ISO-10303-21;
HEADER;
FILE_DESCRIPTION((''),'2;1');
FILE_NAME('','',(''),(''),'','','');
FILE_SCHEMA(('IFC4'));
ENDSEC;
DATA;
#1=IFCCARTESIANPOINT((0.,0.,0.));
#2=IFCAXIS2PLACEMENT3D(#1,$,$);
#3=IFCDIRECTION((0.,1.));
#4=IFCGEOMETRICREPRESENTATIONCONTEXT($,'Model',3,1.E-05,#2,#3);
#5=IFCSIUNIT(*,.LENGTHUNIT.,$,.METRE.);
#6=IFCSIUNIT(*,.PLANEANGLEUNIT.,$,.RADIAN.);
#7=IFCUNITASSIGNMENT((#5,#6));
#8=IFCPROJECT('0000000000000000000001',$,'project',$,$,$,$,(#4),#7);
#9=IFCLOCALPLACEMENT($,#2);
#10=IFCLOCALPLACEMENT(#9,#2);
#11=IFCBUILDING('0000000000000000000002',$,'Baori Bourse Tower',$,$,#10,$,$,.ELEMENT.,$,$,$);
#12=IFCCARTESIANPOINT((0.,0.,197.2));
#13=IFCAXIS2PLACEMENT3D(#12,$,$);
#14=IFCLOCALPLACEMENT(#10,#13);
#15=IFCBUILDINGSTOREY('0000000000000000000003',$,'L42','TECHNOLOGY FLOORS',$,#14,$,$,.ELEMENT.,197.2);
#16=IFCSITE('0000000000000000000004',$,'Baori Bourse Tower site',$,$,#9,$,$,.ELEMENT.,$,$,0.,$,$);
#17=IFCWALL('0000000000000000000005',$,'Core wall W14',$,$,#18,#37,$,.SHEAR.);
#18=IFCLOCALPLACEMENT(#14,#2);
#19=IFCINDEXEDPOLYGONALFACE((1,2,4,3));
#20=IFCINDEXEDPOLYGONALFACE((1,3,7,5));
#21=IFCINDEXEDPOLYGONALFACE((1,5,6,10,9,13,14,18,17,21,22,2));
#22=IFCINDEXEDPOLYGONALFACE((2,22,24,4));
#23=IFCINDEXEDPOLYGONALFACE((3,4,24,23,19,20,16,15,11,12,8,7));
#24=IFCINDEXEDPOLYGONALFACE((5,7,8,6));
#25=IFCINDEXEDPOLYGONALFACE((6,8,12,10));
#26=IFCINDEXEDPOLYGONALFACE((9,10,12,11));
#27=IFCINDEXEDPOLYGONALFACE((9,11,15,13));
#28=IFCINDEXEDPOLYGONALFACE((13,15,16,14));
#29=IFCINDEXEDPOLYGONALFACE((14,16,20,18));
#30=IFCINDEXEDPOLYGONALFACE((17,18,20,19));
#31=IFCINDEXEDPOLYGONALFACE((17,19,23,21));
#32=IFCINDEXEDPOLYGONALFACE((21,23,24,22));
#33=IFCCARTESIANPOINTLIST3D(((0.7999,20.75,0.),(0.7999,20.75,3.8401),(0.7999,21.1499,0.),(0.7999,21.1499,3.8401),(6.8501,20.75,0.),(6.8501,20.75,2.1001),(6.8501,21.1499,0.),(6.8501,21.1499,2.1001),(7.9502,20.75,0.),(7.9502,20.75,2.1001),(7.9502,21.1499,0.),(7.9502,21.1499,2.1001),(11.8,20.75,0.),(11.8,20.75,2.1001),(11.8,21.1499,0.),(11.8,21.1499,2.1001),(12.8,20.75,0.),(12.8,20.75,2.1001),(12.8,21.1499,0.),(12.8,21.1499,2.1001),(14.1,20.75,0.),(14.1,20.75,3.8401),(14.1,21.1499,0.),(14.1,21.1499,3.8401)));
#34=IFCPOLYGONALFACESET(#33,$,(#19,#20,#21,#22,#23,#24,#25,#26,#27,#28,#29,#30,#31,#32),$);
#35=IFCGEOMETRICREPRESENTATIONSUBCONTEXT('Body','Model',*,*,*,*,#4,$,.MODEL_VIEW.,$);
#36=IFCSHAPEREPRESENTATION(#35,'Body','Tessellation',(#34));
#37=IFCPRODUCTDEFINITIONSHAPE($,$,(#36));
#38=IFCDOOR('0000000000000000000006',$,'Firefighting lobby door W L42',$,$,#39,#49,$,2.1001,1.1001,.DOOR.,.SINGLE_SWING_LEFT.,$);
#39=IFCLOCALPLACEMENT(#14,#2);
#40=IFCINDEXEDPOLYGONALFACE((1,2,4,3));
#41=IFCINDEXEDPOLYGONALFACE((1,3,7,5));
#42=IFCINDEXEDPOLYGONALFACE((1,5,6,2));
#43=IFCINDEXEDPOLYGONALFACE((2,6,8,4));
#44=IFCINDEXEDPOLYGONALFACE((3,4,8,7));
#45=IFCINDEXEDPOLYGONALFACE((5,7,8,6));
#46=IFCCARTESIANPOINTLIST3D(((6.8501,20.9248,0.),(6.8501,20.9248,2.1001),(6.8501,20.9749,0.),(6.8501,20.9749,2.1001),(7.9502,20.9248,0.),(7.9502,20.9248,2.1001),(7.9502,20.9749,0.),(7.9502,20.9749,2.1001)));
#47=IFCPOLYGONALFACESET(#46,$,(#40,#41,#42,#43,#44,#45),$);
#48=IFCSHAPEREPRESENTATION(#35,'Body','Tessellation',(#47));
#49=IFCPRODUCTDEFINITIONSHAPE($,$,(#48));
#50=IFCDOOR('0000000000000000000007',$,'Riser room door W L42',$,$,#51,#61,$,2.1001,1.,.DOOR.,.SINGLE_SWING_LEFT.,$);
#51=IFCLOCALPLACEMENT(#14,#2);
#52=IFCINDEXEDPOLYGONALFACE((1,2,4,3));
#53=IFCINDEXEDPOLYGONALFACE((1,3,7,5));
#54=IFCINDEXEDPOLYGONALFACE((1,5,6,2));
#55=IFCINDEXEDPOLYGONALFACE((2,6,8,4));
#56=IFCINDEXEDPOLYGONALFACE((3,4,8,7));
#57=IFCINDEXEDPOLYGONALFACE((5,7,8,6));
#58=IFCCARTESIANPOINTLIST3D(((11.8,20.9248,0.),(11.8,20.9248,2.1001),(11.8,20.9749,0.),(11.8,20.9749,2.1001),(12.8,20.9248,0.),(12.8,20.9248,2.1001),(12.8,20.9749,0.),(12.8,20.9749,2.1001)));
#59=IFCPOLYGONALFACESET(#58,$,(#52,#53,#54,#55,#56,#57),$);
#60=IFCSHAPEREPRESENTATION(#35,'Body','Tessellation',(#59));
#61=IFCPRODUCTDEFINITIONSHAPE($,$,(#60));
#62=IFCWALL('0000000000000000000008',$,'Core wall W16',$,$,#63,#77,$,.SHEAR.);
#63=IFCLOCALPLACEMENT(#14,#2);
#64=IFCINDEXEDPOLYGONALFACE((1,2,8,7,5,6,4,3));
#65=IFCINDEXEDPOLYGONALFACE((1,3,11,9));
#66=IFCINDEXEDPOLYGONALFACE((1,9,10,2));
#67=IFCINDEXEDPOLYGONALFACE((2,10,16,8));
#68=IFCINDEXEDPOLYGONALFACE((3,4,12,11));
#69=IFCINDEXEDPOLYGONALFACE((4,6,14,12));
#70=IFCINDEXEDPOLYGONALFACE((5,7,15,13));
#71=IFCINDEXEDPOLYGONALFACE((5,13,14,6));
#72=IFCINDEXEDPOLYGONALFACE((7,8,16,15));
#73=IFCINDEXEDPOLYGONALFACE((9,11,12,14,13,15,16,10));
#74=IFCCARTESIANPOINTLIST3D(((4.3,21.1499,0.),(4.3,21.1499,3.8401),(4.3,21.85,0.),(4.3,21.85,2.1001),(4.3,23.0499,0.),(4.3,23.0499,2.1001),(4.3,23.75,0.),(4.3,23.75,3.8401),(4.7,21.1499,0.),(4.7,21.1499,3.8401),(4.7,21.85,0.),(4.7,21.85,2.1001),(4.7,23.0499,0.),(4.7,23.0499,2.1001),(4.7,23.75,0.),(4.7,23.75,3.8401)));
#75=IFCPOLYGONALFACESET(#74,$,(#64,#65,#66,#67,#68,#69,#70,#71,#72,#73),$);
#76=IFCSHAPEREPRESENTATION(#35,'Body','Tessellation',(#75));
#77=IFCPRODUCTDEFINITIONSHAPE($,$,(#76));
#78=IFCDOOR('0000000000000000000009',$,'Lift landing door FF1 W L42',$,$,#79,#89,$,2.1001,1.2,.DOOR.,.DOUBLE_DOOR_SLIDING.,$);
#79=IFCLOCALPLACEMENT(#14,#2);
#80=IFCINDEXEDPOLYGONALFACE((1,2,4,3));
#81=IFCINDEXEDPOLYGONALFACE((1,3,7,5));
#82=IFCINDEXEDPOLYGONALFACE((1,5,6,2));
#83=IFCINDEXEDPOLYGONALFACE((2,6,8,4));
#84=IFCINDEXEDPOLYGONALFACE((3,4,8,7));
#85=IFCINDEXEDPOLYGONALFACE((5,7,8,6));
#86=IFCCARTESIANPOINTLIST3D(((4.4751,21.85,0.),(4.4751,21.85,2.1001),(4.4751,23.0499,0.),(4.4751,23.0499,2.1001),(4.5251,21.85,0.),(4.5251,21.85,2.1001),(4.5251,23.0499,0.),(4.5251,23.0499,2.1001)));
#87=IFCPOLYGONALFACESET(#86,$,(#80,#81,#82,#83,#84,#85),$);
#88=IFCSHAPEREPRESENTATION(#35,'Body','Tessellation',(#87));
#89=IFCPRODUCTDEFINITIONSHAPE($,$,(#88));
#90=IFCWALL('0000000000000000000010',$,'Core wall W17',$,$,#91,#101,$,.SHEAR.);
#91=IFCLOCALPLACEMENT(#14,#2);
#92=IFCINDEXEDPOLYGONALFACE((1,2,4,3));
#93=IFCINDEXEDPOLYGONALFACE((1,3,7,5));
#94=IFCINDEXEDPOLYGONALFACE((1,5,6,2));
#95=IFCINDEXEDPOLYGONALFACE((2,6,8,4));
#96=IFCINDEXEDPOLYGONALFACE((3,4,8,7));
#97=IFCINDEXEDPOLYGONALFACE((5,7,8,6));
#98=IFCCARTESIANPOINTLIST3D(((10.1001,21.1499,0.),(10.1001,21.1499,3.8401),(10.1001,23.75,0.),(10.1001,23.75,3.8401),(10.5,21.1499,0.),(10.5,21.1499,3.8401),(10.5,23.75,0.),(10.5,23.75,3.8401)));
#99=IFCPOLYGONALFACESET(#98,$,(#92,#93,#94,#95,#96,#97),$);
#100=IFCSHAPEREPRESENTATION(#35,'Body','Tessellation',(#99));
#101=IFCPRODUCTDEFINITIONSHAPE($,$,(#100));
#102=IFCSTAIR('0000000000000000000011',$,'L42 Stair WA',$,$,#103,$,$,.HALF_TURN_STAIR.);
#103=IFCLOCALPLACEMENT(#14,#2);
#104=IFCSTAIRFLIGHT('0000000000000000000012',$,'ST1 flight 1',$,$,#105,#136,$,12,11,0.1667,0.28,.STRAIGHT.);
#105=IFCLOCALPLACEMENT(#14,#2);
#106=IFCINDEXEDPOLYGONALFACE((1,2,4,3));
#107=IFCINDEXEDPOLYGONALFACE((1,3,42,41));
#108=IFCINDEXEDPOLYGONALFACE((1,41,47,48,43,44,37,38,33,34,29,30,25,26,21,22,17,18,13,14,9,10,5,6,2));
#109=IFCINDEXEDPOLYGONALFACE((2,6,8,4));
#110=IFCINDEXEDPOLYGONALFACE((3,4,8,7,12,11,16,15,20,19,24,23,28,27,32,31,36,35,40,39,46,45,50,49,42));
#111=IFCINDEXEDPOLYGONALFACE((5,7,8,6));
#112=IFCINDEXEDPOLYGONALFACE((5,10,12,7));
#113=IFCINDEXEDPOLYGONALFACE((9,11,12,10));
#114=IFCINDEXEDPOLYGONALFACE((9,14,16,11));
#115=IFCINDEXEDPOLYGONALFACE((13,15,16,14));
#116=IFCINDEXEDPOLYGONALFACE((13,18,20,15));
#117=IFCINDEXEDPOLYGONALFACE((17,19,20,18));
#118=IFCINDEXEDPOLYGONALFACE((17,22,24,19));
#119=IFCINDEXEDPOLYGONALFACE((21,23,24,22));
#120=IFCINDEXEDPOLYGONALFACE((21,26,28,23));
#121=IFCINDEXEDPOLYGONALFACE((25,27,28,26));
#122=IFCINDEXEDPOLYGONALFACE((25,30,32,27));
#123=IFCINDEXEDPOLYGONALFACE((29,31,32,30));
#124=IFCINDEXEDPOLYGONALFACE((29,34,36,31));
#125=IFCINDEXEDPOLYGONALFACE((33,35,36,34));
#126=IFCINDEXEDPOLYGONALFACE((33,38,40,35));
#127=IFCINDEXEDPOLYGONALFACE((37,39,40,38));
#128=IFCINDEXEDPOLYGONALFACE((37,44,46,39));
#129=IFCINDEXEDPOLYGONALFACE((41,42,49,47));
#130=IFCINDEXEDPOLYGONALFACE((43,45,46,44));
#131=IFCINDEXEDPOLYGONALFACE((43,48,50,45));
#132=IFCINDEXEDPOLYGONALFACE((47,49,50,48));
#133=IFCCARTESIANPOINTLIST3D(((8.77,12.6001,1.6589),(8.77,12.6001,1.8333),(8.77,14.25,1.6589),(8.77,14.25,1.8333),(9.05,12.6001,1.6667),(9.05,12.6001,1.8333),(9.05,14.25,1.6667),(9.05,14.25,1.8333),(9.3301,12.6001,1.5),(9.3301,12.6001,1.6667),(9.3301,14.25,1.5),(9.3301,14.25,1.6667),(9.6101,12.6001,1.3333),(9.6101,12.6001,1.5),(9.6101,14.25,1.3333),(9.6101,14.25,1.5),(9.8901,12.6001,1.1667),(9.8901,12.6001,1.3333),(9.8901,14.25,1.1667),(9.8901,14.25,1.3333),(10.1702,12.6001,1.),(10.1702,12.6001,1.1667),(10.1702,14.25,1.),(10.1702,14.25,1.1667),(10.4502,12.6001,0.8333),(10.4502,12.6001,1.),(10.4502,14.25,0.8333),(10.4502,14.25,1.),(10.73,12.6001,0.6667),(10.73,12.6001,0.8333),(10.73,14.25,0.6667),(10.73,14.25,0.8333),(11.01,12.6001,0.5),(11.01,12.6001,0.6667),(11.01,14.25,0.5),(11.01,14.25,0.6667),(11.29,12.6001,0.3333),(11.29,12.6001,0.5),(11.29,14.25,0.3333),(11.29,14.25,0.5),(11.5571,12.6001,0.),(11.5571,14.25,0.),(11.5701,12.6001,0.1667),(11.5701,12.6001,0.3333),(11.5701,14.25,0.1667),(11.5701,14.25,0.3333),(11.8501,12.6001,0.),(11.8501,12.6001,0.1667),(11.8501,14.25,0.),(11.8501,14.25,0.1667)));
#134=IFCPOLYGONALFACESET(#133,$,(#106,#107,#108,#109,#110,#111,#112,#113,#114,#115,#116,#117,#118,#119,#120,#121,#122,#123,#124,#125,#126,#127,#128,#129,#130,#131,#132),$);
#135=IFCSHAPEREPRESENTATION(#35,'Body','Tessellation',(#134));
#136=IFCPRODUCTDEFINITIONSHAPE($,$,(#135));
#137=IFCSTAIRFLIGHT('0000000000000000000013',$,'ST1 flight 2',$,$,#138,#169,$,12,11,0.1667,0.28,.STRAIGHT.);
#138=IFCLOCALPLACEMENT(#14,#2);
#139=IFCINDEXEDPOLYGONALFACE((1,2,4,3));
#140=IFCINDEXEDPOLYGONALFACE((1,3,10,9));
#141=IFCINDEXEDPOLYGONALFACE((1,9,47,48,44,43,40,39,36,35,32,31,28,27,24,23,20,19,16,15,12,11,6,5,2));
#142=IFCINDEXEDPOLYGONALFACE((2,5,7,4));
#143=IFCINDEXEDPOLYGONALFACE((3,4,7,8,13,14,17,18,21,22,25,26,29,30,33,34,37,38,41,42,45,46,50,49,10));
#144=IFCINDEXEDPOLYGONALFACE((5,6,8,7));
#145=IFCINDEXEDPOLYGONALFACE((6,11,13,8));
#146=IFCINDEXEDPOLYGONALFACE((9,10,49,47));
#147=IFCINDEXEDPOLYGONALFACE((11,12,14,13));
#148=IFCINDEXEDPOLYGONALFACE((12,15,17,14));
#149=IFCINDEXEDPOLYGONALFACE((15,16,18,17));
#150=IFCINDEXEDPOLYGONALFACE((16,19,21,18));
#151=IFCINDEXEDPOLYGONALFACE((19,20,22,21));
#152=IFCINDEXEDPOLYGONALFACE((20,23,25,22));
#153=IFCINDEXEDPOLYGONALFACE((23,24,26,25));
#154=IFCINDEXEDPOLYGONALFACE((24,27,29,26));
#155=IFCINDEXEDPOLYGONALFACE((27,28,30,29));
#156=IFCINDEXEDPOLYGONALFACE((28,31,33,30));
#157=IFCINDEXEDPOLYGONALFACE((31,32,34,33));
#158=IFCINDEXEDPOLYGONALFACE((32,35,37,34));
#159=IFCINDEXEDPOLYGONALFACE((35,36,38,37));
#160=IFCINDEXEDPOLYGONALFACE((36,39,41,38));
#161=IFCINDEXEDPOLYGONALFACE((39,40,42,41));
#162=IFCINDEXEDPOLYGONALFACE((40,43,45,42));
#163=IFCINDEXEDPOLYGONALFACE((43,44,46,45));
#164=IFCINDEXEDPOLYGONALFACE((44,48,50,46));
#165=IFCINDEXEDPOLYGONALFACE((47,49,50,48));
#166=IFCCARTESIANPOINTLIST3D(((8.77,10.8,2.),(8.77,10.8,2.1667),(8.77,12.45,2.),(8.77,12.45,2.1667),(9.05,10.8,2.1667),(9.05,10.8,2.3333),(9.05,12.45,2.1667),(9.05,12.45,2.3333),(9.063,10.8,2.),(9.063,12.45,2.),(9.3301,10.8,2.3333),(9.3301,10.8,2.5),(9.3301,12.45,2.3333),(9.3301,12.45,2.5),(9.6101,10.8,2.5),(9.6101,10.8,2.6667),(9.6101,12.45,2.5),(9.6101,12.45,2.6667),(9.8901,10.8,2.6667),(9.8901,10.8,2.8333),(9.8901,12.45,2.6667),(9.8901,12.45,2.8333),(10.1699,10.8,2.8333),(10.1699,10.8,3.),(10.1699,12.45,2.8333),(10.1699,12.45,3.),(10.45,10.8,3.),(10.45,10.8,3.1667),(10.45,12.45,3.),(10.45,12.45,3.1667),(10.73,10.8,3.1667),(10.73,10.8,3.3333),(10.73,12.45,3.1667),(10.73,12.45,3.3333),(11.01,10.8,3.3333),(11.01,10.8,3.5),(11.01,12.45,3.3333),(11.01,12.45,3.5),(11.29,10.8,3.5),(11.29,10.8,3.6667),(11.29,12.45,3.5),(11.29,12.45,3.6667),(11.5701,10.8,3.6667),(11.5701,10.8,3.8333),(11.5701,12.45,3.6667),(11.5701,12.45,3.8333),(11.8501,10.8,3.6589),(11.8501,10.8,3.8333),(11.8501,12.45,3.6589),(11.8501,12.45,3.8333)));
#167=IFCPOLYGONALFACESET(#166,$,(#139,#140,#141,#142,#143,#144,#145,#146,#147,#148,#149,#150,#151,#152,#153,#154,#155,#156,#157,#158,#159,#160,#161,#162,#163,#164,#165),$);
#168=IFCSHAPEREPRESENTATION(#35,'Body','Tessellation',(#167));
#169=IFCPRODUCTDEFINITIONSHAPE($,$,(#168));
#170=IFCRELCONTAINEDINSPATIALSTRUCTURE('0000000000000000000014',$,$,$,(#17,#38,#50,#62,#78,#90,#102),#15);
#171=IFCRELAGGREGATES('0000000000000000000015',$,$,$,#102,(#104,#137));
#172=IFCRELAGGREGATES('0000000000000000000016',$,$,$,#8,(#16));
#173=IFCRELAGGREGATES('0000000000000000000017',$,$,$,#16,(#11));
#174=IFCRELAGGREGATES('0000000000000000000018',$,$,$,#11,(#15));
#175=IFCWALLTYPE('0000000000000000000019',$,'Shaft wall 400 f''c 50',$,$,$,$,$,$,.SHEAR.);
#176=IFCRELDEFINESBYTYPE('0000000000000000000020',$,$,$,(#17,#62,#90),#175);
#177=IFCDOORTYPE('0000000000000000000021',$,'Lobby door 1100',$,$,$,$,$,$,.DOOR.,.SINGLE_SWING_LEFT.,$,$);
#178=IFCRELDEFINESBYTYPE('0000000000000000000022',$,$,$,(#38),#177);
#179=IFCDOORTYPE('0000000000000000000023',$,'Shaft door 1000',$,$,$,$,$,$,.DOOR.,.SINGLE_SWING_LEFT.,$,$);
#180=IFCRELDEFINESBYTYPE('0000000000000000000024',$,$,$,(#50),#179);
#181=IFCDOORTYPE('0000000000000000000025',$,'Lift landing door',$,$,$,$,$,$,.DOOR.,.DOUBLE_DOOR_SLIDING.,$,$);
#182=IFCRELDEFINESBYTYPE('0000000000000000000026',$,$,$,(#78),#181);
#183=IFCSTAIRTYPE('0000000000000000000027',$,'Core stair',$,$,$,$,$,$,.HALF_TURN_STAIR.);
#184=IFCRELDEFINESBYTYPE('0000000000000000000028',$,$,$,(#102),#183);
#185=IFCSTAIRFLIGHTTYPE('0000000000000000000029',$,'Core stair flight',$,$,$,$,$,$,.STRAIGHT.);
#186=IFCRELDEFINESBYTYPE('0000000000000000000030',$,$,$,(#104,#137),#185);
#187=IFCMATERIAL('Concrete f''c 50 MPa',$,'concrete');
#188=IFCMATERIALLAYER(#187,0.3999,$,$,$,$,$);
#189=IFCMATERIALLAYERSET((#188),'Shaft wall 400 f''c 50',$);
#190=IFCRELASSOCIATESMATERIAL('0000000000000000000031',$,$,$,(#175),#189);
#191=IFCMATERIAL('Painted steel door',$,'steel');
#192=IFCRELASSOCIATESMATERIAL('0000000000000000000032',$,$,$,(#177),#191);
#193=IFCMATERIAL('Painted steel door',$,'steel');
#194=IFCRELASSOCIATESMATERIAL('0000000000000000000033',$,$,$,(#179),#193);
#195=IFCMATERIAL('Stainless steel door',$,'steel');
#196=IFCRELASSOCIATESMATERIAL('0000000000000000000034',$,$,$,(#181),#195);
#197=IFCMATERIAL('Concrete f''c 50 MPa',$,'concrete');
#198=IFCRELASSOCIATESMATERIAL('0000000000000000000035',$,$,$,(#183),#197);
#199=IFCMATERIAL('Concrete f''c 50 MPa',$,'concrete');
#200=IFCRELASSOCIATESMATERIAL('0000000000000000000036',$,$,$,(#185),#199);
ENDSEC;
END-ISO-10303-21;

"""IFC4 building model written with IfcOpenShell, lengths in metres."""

from ifc_helpers import new_model, si_unit, direction, frame, frame_2d, origin, place, context, subcontext, project, spatial, polyline, rectangle, outline, extrude, material, layer, layer_set, type_object, element, fill, aggregate, save


model = new_model("IFC4")

# Units and contexts
model_context = context("Model", 3, precision=1e-05, world=origin(), true_north=direction((0.0, 1.0)))
body_context = subcontext(model_context, "Body", "Model", "MODEL_VIEW")
ifc_project = project(units=[si_unit("LENGTHUNIT", "METRE"), si_unit("PLANEANGLEUNIT", "RADIAN")], contexts=[model_context])

# Site, building, storey
site_placement = place(None, origin())
site = spatial("IfcSite", under=ifc_project, at=site_placement, Name="Baori Bourse Tower site", CompositionType="ELEMENT", RefElevation=0.0)
building_placement = place(site_placement, origin())
building = spatial("IfcBuilding", under=site, at=building_placement, Name="Baori Bourse Tower", CompositionType="ELEMENT")
storey_placement = place(building_placement, frame((0.0, 0.0, 197.2)))
storey = spatial("IfcBuildingStorey", under=building, at=storey_placement, Name="L42", Description="TECHNOLOGY FLOORS", CompositionType="ELEMENT", Elevation=197.2)

# Shared definitions
ifc_material_1 = material(Name="Concrete f'c 50 MPa", Category="concrete")
ifc_layer_1 = layer(ifc_material_1, 0.3999)
ifc_layer_set_1 = layer_set([ifc_layer_1], Name="Shaft wall 400 f'c 50")
wall_type_1 = type_object("IfcWallType", Name="Shaft wall 400 f'c 50", PredefinedType="SHEAR", material=ifc_layer_set_1)

# Wall, openings, doors
wall_1_placement = place(storey_placement, frame((0.8, 20.95, 0.0), z_axis=(0.0, 0.0, 1.0), x_axis=(1.0, 0.0, 0.0)))
wall_1 = element("IfcWall", 1, at=wall_1_placement, inside=storey, type_object=wall_type_1, Name="Core wall W14", PredefinedType="SHEAR", context=body_context, shape_type="SweptSolid", body=[
    extrude(rectangle(XDim=13.3, YDim=0.3999, at=frame_2d((6.6499, 0.0))), origin(), (0.0, 0.0, 1.0), 3.8401),
])
opening_1_placement = place(wall_1_placement, frame((6.05, 0.0, 0.0)))
opening_1 = element("IfcOpeningElement", 2, at=opening_1_placement, cuts=wall_1, PredefinedType="OPENING", context=body_context, shape_type="SweptSolid", body=[
    extrude(rectangle(XDim=1.1001, YDim=2.1001, at=frame_2d((0.55, 1.05))), frame((0.0, 0.21, 0.0), z_axis=(0.0, -1.0, 0.0), x_axis=(1.0, 0.0, 0.0)), (0.0, 0.0, 1.0), 0.4199),
])
opening_2_placement = place(wall_1_placement, frame((11.0, 0.0, 0.0)))
opening_2 = element("IfcOpeningElement", 3, at=opening_2_placement, cuts=wall_1, PredefinedType="OPENING", context=body_context, shape_type="SweptSolid", body=[
    extrude(rectangle(XDim=1.0, YDim=2.1001, at=frame_2d((0.5, 1.05))), frame((0.0, 0.21, 0.0), z_axis=(0.0, -1.0, 0.0), x_axis=(1.0, 0.0, 0.0)), (0.0, 0.0, 1.0), 0.4199),
])
ifc_material_2 = material(Name="Painted steel door", Category="steel")
door_type_1 = type_object("IfcDoorType", Name="Lobby door 1100", OperationType="SINGLE_SWING_LEFT", PredefinedType="DOOR", material=ifc_material_2)
door_1_placement = place(opening_1_placement, origin())
door_1 = element("IfcDoor", 4, at=door_1_placement, inside=storey, type_object=door_type_1, Name="Firefighting lobby door W L42", OperationType="SINGLE_SWING_LEFT", OverallHeight=2.1001, OverallWidth=1.1001, PredefinedType="DOOR", context=body_context, shape_type="SweptSolid", body=[
    extrude(rectangle(XDim=1.1001, YDim=2.1001, at=frame_2d((0.55, 1.05))), frame((0.0, 0.0249, 0.0), z_axis=(0.0, -1.0, 0.0), x_axis=(1.0, 0.0, 0.0)), (0.0, 0.0, 1.0), 0.05),
])
fill(opening_1, door_1)
ifc_material_3 = material(Name="Painted steel door", Category="steel")
door_type_2 = type_object("IfcDoorType", Name="Shaft door 1000", OperationType="SINGLE_SWING_LEFT", PredefinedType="DOOR", material=ifc_material_3)
door_2_placement = place(opening_2_placement, origin())
door_2 = element("IfcDoor", 5, at=door_2_placement, inside=storey, type_object=door_type_2, Name="Riser room door W L42", OperationType="SINGLE_SWING_LEFT", OverallHeight=2.1001, OverallWidth=1.0, PredefinedType="DOOR", context=body_context, shape_type="SweptSolid", body=[
    extrude(rectangle(XDim=1.0, YDim=2.1001, at=frame_2d((0.5, 1.05))), frame((0.0, 0.0249, 0.0), z_axis=(0.0, -1.0, 0.0), x_axis=(1.0, 0.0, 0.0)), (0.0, 0.0, 1.0), 0.05),
])
fill(opening_2, door_2)

# Wall, opening, door
wall_2_placement = place(storey_placement, frame((4.5, 21.1499, 0.0), z_axis=(0.0, 0.0, 1.0), x_axis=(0.0, 1.0, 0.0)))
wall_2 = element("IfcWall", 6, at=wall_2_placement, inside=storey, type_object=wall_type_1, Name="Core wall W16", PredefinedType="SHEAR", context=body_context, shape_type="SweptSolid", body=[
    extrude(rectangle(XDim=2.6001, YDim=0.3999, at=frame_2d((1.3, 0.0))), origin(), (0.0, 0.0, 1.0), 3.8401),
])
opening_3_placement = place(wall_2_placement, frame((0.7, 0.0, 0.0)))
opening_3 = element("IfcOpeningElement", 7, at=opening_3_placement, cuts=wall_2, PredefinedType="OPENING", context=body_context, shape_type="SweptSolid", body=[
    extrude(rectangle(XDim=1.2, YDim=2.1001, at=frame_2d((0.6001, 1.05))), frame((0.0, 0.21, 0.0), z_axis=(0.0, -1.0, 0.0), x_axis=(1.0, 0.0, 0.0)), (0.0, 0.0, 1.0), 0.4199),
])
ifc_material_4 = material(Name="Stainless steel door", Category="steel")
door_type_3 = type_object("IfcDoorType", Name="Lift landing door", OperationType="DOUBLE_DOOR_SLIDING", PredefinedType="DOOR", material=ifc_material_4)
door_3_placement = place(opening_3_placement, origin())
door_3 = element("IfcDoor", 8, at=door_3_placement, inside=storey, type_object=door_type_3, Name="Lift landing door FF1 W L42", OperationType="DOUBLE_DOOR_SLIDING", OverallHeight=2.1001, OverallWidth=1.2, PredefinedType="DOOR", context=body_context, shape_type="SweptSolid", body=[
    extrude(rectangle(XDim=1.2, YDim=2.1001, at=frame_2d((0.6001, 1.05))), frame((0.0, 0.0249, 0.0), z_axis=(0.0, -1.0, 0.0), x_axis=(1.0, 0.0, 0.0)), (0.0, 0.0, 1.0), 0.05),
])
fill(opening_3, door_3)

# Wall
wall_3_placement = place(storey_placement, frame((10.3, 21.1499, 0.0), z_axis=(0.0, 0.0, 1.0), x_axis=(0.0, 1.0, 0.0)))
element("IfcWall", 9, at=wall_3_placement, inside=storey, type_object=wall_type_1, Name="Core wall W17", PredefinedType="SHEAR", context=body_context, shape_type="SweptSolid", body=[
    extrude(rectangle(XDim=2.6001, YDim=0.3999, at=frame_2d((1.3, 0.0))), origin(), (0.0, 0.0, 1.0), 3.8401),
])

# Stair, stair flights
ifc_material_5 = material(Name="Concrete f'c 50 MPa", Category="concrete")
stair_type = type_object("IfcStairType", Name="Core stair", PredefinedType="HALF_TURN_STAIR", material=ifc_material_5)
stair_placement = place(storey_placement, origin())
stair = element("IfcStair", 10, at=stair_placement, inside=storey, type_object=stair_type, Name="L42 Stair WA", PredefinedType="HALF_TURN_STAIR")
ifc_material_6 = material(Name="Concrete f'c 50 MPa", Category="concrete")
stair_flight_type = type_object("IfcStairFlightType", Name="Core stair flight", PredefinedType="STRAIGHT", material=ifc_material_6)
stair_flight_1_placement = place(storey_placement, frame((11.8501, 13.425, 0.0), z_axis=(0.0, 0.0, 1.0), x_axis=(-1.0, 0.0, 0.0)))
stair_flight_1 = element("IfcStairFlight", 11, at=stair_flight_1_placement, type_object=stair_flight_type, Name="ST1 flight 1", NumberOfRisers=12, NumberOfTreads=11, PredefinedType="STRAIGHT", RiserHeight=0.1667, TreadLength=0.28, context=body_context, shape_type="SweptSolid", body=[
    extrude(outline(polyline([(0.0, 0.0), (0.0, 0.1667), (0.28, 0.1667), (0.28, 0.3333), (0.5601, 0.3333), (0.5601, 0.5), (0.8401, 0.5), (0.8401, 0.6667), (1.1201, 0.6667), (1.1201, 0.8333), (1.3999, 0.8333), (1.3999, 1.0), (1.6799, 1.0), (1.6799, 1.1667), (1.96, 1.1667), (1.96, 1.3333), (2.24, 1.3333), (2.24, 1.5), (2.52, 1.5), (2.52, 1.6667), (2.8, 1.6667), (2.8, 1.8333), (3.0801, 1.8333), (3.0801, 2.0), (3.0801, 1.6589), (0.293, 0.0), (0.0, 0.0)])), frame((0.0, 0.825, 0.0), z_axis=(0.0, -1.0, 0.0), x_axis=(1.0, 0.0, 0.0)), (0.0, 0.0, 1.0), 1.6499),
])
stair_flight_2_placement = place(storey_placement, frame((8.77, 11.625, 2.0), z_axis=(0.0, 0.0, 1.0), x_axis=(1.0, 0.0, 0.0)))
stair_flight_2 = element("IfcStairFlight", 12, at=stair_flight_2_placement, type_object=stair_flight_type, Name="ST1 flight 2", NumberOfRisers=12, NumberOfTreads=11, PredefinedType="STRAIGHT", RiserHeight=0.1667, TreadLength=0.28, context=body_context, shape_type="SweptSolid", body=[
    extrude(outline(polyline([(0.0, 0.0), (0.0, 0.1667), (0.28, 0.1667), (0.28, 0.3333), (0.5601, 0.3333), (0.5601, 0.5), (0.8401, 0.5), (0.8401, 0.6667), (1.1201, 0.6667), (1.1201, 0.8333), (1.3999, 0.8333), (1.3999, 1.0), (1.6799, 1.0), (1.6799, 1.1667), (1.96, 1.1667), (1.96, 1.3333), (2.24, 1.3333), (2.24, 1.5), (2.52, 1.5), (2.52, 1.6667), (2.8, 1.6667), (2.8, 1.8333), (3.0801, 1.8333), (3.0801, 2.0), (3.0801, 1.6589), (0.293, 0.0), (0.0, 0.0)])), frame((0.0, 0.825, 0.0), z_axis=(0.0, -1.0, 0.0), x_axis=(1.0, 0.0, 0.0)), (0.0, 0.0, 1.0), 1.6499),
])
aggregate(stair, [stair_flight_1, stair_flight_2])

save(model, "model.ifc")
